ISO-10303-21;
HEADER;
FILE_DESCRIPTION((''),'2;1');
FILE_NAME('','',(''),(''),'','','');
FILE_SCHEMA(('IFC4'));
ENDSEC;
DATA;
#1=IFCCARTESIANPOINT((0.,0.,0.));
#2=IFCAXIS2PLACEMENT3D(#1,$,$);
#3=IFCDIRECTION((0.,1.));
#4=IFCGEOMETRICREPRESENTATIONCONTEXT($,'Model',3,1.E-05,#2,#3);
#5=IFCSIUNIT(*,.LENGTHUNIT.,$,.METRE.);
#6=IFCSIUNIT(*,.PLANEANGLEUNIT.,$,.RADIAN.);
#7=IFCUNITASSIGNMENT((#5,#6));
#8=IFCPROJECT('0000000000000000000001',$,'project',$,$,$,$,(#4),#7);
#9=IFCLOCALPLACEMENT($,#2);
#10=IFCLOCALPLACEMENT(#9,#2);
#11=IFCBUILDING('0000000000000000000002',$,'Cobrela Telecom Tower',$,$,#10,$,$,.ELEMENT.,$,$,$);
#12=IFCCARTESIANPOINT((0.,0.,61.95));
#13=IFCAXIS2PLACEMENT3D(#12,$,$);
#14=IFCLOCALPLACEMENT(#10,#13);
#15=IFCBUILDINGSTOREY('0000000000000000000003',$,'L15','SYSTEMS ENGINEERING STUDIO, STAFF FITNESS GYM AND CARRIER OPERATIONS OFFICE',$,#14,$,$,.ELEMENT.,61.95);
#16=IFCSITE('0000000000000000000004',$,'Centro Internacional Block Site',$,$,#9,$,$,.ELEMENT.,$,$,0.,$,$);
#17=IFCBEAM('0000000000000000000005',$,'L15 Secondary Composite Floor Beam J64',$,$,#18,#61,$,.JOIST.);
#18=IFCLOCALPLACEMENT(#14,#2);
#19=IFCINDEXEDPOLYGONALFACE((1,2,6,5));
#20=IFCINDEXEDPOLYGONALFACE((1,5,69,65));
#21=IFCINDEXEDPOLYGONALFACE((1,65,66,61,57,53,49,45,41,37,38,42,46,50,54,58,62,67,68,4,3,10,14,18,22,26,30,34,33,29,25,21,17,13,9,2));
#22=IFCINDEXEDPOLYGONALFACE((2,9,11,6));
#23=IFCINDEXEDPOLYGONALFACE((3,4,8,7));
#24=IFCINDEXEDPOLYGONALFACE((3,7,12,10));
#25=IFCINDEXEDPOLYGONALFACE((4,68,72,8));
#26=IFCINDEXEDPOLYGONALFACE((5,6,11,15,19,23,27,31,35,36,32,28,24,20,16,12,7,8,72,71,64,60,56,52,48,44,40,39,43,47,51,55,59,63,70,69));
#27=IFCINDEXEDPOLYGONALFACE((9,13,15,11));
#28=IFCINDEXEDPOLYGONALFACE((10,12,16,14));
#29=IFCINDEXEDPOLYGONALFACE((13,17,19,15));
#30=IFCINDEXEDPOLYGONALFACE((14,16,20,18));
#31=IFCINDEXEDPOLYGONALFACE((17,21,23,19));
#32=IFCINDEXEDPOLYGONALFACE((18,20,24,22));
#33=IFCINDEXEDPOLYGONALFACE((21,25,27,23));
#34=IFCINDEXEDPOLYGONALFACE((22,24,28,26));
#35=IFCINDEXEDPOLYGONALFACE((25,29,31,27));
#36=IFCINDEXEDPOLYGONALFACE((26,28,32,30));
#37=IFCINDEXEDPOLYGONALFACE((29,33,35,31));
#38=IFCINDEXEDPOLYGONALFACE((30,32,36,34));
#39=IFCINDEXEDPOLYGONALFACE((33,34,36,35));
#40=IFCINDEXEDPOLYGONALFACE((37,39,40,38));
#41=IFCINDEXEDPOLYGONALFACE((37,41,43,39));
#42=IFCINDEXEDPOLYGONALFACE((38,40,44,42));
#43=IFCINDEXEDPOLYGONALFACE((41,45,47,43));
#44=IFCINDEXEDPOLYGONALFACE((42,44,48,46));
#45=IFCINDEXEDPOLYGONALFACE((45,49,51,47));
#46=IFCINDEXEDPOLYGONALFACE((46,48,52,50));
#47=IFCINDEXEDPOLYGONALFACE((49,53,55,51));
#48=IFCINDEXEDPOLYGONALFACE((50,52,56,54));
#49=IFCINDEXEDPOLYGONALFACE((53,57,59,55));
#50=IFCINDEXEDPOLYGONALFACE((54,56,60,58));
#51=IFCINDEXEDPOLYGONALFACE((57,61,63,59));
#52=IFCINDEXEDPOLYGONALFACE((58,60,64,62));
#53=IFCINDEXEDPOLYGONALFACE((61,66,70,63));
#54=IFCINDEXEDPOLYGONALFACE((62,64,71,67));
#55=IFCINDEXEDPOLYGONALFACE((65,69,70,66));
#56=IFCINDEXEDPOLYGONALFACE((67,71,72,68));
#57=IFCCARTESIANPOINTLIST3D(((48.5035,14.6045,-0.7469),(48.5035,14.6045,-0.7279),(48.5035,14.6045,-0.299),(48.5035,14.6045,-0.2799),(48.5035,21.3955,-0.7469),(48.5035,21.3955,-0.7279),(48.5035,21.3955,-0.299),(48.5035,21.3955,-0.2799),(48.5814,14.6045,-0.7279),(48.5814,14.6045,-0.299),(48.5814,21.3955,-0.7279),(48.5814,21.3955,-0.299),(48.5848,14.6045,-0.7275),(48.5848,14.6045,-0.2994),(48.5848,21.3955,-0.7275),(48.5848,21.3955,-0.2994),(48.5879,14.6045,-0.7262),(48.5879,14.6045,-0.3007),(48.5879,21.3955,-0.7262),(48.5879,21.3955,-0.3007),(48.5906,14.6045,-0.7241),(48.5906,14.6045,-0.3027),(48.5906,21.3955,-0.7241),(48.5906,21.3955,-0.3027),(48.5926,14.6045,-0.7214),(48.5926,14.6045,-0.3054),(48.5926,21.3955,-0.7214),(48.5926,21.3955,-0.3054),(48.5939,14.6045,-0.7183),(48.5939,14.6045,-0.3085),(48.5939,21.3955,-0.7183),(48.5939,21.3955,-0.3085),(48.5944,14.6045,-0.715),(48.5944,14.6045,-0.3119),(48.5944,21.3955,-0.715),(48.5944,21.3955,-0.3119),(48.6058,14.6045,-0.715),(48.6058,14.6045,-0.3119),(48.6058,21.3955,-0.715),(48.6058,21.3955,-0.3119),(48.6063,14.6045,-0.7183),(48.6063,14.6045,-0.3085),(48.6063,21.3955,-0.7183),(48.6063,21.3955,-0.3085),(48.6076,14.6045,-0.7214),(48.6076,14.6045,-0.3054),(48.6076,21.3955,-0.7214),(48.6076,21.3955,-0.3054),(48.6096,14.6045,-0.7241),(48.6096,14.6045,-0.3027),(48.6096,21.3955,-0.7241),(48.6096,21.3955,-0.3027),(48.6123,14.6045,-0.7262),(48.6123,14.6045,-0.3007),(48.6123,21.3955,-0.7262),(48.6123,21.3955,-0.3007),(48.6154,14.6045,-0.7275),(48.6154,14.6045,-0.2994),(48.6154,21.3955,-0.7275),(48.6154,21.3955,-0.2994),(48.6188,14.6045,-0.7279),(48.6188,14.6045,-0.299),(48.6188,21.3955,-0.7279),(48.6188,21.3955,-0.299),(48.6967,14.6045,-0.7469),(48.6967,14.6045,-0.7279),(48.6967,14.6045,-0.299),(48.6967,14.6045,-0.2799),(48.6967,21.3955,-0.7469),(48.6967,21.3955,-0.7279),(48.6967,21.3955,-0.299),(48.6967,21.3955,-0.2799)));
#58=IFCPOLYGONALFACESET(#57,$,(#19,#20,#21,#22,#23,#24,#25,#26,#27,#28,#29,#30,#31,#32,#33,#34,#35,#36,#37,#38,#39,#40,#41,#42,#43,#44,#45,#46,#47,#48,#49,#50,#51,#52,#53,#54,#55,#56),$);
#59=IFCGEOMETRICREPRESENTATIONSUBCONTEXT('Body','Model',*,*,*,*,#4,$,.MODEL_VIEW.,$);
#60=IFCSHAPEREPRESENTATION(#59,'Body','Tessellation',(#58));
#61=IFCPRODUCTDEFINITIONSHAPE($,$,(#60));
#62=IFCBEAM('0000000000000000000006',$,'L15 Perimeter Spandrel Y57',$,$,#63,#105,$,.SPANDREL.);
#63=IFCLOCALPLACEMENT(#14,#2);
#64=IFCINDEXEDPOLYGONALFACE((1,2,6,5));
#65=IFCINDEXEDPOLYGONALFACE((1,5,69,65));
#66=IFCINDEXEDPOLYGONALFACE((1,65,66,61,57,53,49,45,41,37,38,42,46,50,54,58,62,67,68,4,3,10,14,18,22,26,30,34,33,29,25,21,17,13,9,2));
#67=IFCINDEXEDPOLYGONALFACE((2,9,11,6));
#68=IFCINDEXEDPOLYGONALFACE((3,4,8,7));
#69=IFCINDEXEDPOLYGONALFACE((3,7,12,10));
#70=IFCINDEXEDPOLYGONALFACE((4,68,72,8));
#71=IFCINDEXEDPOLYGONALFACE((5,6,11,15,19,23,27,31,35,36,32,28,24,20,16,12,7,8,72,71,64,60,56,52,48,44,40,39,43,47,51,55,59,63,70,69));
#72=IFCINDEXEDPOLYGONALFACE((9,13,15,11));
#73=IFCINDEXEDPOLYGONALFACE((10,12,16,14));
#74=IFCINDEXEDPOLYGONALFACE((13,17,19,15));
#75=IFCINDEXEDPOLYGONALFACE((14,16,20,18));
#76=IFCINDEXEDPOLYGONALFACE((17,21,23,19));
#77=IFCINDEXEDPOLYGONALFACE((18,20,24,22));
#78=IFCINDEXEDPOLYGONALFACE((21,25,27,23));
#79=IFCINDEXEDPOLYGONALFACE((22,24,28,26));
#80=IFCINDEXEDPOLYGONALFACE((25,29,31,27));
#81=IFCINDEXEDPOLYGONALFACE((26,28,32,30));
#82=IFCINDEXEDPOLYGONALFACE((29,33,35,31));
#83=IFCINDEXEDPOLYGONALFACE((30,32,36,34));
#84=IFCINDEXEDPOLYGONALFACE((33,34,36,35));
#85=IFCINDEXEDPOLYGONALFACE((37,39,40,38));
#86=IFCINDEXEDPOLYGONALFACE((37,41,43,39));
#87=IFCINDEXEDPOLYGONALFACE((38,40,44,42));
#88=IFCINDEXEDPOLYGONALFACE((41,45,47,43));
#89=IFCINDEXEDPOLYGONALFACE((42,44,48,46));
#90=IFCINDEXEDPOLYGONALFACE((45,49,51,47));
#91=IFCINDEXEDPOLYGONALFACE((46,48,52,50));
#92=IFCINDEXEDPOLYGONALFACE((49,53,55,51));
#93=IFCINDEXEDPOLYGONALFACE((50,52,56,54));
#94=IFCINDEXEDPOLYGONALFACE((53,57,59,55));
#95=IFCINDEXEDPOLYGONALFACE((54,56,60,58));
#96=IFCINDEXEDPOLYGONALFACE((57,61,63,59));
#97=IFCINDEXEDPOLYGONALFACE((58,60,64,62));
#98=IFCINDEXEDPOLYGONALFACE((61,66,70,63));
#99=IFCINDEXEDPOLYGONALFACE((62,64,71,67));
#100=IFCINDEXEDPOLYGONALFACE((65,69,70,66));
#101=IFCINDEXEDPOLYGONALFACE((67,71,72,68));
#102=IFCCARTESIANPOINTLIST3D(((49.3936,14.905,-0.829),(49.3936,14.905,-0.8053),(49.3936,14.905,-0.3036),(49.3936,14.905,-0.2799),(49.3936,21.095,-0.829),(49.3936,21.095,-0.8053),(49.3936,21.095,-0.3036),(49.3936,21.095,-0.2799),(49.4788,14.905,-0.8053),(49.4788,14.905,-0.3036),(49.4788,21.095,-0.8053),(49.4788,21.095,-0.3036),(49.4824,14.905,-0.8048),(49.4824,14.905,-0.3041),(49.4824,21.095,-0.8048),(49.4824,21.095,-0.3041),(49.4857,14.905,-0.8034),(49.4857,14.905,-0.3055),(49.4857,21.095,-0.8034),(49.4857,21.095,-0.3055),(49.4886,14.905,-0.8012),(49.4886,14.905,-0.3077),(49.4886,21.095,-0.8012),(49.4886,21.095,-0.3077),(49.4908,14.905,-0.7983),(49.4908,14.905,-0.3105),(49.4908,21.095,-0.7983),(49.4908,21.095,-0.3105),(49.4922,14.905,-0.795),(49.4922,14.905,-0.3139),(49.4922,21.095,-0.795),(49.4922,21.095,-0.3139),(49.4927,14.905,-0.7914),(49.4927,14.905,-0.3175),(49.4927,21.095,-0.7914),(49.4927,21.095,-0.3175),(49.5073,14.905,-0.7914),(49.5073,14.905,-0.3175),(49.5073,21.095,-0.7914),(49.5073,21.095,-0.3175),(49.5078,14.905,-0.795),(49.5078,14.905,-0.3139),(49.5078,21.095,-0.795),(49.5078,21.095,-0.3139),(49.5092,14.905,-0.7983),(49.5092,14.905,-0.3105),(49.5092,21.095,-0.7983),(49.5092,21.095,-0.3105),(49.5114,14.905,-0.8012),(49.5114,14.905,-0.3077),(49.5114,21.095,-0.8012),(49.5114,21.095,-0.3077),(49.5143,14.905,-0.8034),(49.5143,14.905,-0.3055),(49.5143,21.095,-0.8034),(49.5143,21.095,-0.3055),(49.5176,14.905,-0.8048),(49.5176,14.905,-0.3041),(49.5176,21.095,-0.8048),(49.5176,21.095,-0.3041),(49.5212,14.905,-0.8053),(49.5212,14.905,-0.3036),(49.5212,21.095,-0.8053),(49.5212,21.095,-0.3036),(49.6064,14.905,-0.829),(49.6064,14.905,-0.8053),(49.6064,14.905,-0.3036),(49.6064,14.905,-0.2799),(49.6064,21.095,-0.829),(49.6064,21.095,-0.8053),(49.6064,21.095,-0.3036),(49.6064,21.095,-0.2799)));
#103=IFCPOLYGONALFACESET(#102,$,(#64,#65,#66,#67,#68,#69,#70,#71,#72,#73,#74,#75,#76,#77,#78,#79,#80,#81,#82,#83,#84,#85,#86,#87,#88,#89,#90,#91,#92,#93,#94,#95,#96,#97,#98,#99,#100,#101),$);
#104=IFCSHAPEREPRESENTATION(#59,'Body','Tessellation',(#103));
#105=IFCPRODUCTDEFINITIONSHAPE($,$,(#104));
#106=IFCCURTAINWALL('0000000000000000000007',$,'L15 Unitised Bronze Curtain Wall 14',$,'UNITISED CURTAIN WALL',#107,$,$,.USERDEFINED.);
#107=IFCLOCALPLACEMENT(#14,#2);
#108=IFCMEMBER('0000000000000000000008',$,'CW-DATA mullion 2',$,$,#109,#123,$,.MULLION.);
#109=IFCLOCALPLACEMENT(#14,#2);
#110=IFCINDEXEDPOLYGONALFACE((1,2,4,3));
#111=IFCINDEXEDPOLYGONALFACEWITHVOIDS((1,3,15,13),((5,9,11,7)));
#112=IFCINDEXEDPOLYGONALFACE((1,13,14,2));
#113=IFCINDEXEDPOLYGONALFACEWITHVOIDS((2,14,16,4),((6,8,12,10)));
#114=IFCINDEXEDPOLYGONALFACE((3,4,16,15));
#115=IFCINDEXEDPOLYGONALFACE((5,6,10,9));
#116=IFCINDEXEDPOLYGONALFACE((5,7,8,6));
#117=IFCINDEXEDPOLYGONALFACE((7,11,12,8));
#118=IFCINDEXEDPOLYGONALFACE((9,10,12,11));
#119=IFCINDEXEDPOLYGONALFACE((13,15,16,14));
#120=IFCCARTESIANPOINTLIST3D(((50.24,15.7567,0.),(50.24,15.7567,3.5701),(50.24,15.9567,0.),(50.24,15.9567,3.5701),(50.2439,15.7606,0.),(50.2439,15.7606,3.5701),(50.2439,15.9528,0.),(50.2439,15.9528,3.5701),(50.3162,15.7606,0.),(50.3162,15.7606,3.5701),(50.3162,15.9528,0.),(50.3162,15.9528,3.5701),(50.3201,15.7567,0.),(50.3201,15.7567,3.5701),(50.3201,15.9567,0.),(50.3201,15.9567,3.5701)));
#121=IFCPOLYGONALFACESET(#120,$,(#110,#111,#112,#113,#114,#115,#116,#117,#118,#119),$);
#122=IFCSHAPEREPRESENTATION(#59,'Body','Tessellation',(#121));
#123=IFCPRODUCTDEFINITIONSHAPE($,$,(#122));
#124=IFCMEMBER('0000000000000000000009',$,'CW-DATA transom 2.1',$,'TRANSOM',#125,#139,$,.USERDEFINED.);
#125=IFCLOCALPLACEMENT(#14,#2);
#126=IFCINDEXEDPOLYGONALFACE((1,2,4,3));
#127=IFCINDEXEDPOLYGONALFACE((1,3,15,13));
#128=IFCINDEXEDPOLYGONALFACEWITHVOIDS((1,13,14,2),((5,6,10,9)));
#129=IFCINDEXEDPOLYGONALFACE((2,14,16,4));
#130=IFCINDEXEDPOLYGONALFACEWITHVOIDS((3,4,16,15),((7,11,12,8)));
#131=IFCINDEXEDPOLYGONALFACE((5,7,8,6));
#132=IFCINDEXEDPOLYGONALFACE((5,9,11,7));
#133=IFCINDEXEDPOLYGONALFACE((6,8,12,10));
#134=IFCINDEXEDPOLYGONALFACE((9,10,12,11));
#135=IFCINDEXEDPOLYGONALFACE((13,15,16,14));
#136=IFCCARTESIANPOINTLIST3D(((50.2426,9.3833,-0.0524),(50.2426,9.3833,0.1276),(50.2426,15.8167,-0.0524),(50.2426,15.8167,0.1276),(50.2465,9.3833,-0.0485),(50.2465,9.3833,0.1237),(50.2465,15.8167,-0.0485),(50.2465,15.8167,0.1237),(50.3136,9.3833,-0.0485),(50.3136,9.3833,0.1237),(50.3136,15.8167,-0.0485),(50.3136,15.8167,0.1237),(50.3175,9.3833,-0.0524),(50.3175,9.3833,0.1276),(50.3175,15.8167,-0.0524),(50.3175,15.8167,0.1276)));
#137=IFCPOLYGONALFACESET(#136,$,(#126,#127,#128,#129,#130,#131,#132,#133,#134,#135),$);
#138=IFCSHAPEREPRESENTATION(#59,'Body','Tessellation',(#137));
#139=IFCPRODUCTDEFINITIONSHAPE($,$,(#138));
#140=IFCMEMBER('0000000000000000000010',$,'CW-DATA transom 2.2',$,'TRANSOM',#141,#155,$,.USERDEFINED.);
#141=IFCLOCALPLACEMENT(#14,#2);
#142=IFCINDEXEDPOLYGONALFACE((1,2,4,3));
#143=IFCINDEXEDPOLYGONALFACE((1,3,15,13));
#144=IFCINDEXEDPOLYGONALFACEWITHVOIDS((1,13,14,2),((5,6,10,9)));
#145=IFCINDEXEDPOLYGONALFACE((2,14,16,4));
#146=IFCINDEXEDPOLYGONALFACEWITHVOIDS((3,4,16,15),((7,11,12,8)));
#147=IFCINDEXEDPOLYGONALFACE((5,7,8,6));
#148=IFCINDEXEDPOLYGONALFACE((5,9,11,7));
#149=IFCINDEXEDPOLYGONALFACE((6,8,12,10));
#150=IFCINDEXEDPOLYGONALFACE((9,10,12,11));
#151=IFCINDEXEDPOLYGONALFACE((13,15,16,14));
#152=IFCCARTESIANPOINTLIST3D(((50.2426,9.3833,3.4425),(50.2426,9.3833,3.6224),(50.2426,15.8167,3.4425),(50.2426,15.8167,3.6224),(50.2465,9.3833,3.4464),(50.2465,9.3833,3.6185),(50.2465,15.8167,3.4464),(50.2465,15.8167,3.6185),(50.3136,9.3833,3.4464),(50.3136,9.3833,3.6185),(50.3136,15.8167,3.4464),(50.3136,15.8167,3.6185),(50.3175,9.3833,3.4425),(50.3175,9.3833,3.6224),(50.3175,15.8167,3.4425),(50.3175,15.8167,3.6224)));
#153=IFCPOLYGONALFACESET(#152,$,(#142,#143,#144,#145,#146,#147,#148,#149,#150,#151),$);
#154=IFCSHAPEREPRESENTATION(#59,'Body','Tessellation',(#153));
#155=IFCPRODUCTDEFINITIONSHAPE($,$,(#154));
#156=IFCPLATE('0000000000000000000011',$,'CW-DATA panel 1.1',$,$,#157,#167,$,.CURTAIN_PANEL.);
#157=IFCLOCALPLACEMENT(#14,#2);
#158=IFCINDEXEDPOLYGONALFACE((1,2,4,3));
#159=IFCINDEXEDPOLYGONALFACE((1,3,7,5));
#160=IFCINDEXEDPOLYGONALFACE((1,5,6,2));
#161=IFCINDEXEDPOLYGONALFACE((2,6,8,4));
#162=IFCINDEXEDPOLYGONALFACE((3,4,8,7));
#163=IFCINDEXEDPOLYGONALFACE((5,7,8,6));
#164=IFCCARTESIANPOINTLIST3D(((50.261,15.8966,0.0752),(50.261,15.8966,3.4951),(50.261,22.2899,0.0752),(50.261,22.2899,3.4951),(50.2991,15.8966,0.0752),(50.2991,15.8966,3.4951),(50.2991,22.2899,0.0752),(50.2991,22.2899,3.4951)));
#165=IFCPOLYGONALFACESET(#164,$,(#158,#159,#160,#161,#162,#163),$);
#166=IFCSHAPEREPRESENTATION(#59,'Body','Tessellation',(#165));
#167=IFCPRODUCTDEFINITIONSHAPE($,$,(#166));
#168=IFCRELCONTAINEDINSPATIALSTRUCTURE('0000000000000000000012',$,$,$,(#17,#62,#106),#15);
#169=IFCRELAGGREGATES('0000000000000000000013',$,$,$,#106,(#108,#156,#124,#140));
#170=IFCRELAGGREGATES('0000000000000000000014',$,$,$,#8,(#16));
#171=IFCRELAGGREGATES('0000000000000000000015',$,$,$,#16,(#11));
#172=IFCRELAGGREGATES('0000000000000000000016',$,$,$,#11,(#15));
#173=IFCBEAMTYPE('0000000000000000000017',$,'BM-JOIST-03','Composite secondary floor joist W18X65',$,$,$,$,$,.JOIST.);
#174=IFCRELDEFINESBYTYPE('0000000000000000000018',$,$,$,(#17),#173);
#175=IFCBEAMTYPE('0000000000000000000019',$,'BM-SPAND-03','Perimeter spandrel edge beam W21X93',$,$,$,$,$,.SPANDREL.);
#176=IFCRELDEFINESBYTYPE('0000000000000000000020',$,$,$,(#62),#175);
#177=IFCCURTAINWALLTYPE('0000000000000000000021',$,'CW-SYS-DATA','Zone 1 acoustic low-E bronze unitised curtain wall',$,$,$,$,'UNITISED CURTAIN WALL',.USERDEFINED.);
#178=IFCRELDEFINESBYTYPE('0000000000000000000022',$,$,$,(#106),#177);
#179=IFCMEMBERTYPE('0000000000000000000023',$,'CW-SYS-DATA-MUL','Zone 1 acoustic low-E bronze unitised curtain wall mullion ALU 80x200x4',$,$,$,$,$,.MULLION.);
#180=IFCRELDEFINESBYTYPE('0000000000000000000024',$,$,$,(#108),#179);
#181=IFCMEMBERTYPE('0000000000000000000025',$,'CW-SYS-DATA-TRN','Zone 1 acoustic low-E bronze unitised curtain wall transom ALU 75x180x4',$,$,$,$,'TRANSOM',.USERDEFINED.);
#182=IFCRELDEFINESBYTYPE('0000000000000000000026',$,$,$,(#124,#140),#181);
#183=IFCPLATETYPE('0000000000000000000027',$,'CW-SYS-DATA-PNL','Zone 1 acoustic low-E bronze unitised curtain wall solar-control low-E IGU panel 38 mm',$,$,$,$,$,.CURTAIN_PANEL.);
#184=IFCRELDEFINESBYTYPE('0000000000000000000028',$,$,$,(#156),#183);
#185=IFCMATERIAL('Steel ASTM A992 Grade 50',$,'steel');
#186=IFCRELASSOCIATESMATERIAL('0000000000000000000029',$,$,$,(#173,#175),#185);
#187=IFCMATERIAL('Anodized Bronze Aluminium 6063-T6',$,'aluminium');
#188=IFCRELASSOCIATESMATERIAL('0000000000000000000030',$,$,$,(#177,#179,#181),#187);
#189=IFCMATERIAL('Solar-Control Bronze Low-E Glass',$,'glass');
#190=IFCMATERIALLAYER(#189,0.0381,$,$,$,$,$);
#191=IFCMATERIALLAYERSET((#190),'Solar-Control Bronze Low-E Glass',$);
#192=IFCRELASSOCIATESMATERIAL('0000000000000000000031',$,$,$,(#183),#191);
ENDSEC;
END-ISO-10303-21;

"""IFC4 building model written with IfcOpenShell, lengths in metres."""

from ifc_helpers import new_model, si_unit, direction, frame, origin, origin_2d, place, context, subcontext, project, spatial, rectangle, hollow_rectangle, i_section, extrude, material, layer, layer_set, material_profile, profile_set, type_object, element, aggregate, save


model = new_model("IFC4")

# Units and contexts
model_context = context("Model", 3, precision=1e-05, world=origin(), true_north=direction((0.0, 1.0)))
body_context = subcontext(model_context, "Body", "Model", "MODEL_VIEW")
ifc_project = project(units=[si_unit("LENGTHUNIT", "METRE"), si_unit("PLANEANGLEUNIT", "RADIAN")], contexts=[model_context])

# Site, building, storey
site_placement = place(None, origin())
site = spatial("IfcSite", under=ifc_project, at=site_placement, Name="Centro Internacional Block Site", CompositionType="ELEMENT", RefElevation=0.0)
building_placement = place(site_placement, origin())
building = spatial("IfcBuilding", under=site, at=building_placement, Name="Cobrela Telecom Tower", CompositionType="ELEMENT")
storey_placement = place(building_placement, frame((0.0, 0.0, 61.95)))
storey = spatial("IfcBuildingStorey", under=building, at=storey_placement, Name="L15", Description="SYSTEMS ENGINEERING STUDIO, STAFF FITNESS GYM AND CARRIER OPERATIONS OFFICE", CompositionType="ELEMENT", Elevation=61.95)

# Shared definitions
ifc_material_1 = material(Name="Steel ASTM A992 Grade 50", Category="steel")

# Beams
ifc_material_profile_1 = material_profile(ifc_material_1, i_section(OverallWidth=0.1931, OverallDepth=0.467, WebThickness=0.0115, FlangeThickness=0.019, FilletRadius=0.0129, at=origin_2d()), Name="W18X65")
ifc_profile_set_1 = profile_set([ifc_material_profile_1], Name="Steel ASTM A992 Grade 50")
beam_type_1 = type_object("IfcBeamType", Name="BM-JOIST-03", Description="Composite secondary floor joist W18X65", PredefinedType="JOIST", material=ifc_profile_set_1)
for number, where, z_axis, x_axis, name in (
    (1, (48.6001, 14.6045, -0.5134), (0.0, 1.0, 0.0), (-1.0, 0.0, 0.0), "L15 Secondary Composite Floor Beam J64"),
):
    element("IfcBeam", number, at=place(storey_placement, frame(where, z_axis=z_axis, x_axis=x_axis)), inside=storey, type_object=beam_type_1, Name=name, PredefinedType="JOIST", context=body_context, shape_type="SweptSolid", body=[
        extrude(i_section(OverallWidth=0.1931, OverallDepth=0.467, WebThickness=0.0115, FlangeThickness=0.019, FilletRadius=0.0129, at=origin_2d()), origin(), (0.0, 0.0, 1.0), 6.791),
    ])
ifc_material_profile_2 = material_profile(ifc_material_1, i_section(OverallWidth=0.2129, OverallDepth=0.5491, WebThickness=0.0146, FlangeThickness=0.0237, FilletRadius=0.0139, at=origin_2d()), Name="W21X93")
ifc_profile_set_2 = profile_set([ifc_material_profile_2], Name="Steel ASTM A992 Grade 50")
beam_type_2 = type_object("IfcBeamType", Name="BM-SPAND-03", Description="Perimeter spandrel edge beam W21X93", PredefinedType="SPANDREL", material=ifc_profile_set_2)
beam_placement = place(storey_placement, frame((49.5, 14.905, -0.5544), z_axis=(0.0, 1.0, 0.0), x_axis=(-1.0, 0.0, 0.0)))
element("IfcBeam", 2, at=beam_placement, inside=storey, type_object=beam_type_2, Name="L15 Perimeter Spandrel Y57", PredefinedType="SPANDREL", context=body_context, shape_type="SweptSolid", body=[
    extrude(i_section(OverallWidth=0.2129, OverallDepth=0.5491, WebThickness=0.0146, FlangeThickness=0.0237, FilletRadius=0.0139, at=origin_2d()), origin(), (0.0, 0.0, 1.0), 6.1899),
])

# Curtain wall, members, plate
ifc_material_2 = material(Name="Anodized Bronze Aluminium 6063-T6", Category="aluminium")
curtain_wall_type = type_object("IfcCurtainWallType", Name="CW-SYS-DATA", Description="Zone 1 acoustic low-E bronze unitised curtain wall", ElementType="UNITISED CURTAIN WALL", PredefinedType="USERDEFINED", material=ifc_material_2)
curtain_wall_placement = place(storey_placement, origin())
curtain_wall = element("IfcCurtainWall", 3, at=curtain_wall_placement, inside=storey, type_object=curtain_wall_type, Name="L15 Unitised Bronze Curtain Wall 14", ObjectType="UNITISED CURTAIN WALL", PredefinedType="USERDEFINED")
ifc_material_profile_3 = material_profile(ifc_material_2, hollow_rectangle(XDim=0.0801, YDim=0.2, WallThickness=0.0039, at=origin_2d()), Name="ALU 80x200x4")
ifc_profile_set_3 = profile_set([ifc_material_profile_3], Name="Anodized Bronze Aluminium 6063-T6")
member_type_1 = type_object("IfcMemberType", Name="CW-SYS-DATA-MUL", Description="Zone 1 acoustic low-E bronze unitised curtain wall mullion ALU 80x200x4", PredefinedType="MULLION", material=ifc_profile_set_3)
member_1_placement = place(storey_placement, frame((50.28, 15.8567, 0.0), z_axis=(0.0, 0.0, 1.0), x_axis=(1.0, 0.0, 0.0)))
member_1 = element("IfcMember", 4, at=member_1_placement, type_object=member_type_1, Name="CW-DATA mullion 2", PredefinedType="MULLION", context=body_context, shape_type="SweptSolid", body=[
    extrude(hollow_rectangle(XDim=0.0801, YDim=0.2, WallThickness=0.0039, at=origin_2d()), origin(), (0.0, 0.0, 1.0), 3.5701),
])
ifc_material_profile_4 = material_profile(ifc_material_2, hollow_rectangle(XDim=0.075, YDim=0.1799, WallThickness=0.0039, at=origin_2d()), Name="ALU 75x180x4")
ifc_profile_set_4 = profile_set([ifc_material_profile_4], Name="Anodized Bronze Aluminium 6063-T6")
member_type_2 = type_object("IfcMemberType", Name="CW-SYS-DATA-TRN", Description="Zone 1 acoustic low-E bronze unitised curtain wall transom ALU 75x180x4", ElementType="TRANSOM", PredefinedType="USERDEFINED", material=ifc_profile_set_4)
member_2_placement = place(storey_placement, frame((50.28, 15.8167, 0.0376), z_axis=(0.0, -1.0, 0.0), x_axis=(1.0, 0.0, 0.0)))
member_2 = element("IfcMember", 5, at=member_2_placement, type_object=member_type_2, Name="CW-DATA transom 2.1", ObjectType="TRANSOM", PredefinedType="USERDEFINED", context=body_context, shape_type="SweptSolid", body=[
    extrude(hollow_rectangle(XDim=0.075, YDim=0.1799, WallThickness=0.0039, at=origin_2d()), origin(), (0.0, 0.0, 1.0), 6.4333),
])
member_3_placement = place(storey_placement, frame((50.28, 15.8167, 3.5325), z_axis=(0.0, -1.0, 0.0), x_axis=(1.0, 0.0, 0.0)))
member_3 = element("IfcMember", 6, at=member_3_placement, type_object=member_type_2, Name="CW-DATA transom 2.2", ObjectType="TRANSOM", PredefinedType="USERDEFINED", context=body_context, shape_type="SweptSolid", body=[
    extrude(hollow_rectangle(XDim=0.075, YDim=0.1799, WallThickness=0.0039, at=origin_2d()), origin(), (0.0, 0.0, 1.0), 6.4333),
])
ifc_material_3 = material(Name="Solar-Control Bronze Low-E Glass", Category="glass")
ifc_layer = layer(ifc_material_3, 0.0381)
ifc_layer_set = layer_set([ifc_layer], Name="Solar-Control Bronze Low-E Glass")
plate_type = type_object("IfcPlateType", Name="CW-SYS-DATA-PNL", Description="Zone 1 acoustic low-E bronze unitised curtain wall solar-control low-E IGU panel 38 mm", PredefinedType="CURTAIN_PANEL", material=ifc_layer_set)
plate_placement = place(storey_placement, frame((50.28, 19.0933, 0.0752), z_axis=(0.0, 0.0, 1.0), x_axis=(0.0, -1.0, 0.0)))
plate = element("IfcPlate", 7, at=plate_placement, type_object=plate_type, Name="CW-DATA panel 1.1", PredefinedType="CURTAIN_PANEL", context=body_context, shape_type="SweptSolid", body=[
    extrude(rectangle(XDim=6.3933, YDim=0.0381, at=origin_2d()), origin(), (0.0, 0.0, 1.0), 3.4199),
])
aggregate(curtain_wall, [member_1, plate, member_2, member_3])

save(model, "model.ifc")
